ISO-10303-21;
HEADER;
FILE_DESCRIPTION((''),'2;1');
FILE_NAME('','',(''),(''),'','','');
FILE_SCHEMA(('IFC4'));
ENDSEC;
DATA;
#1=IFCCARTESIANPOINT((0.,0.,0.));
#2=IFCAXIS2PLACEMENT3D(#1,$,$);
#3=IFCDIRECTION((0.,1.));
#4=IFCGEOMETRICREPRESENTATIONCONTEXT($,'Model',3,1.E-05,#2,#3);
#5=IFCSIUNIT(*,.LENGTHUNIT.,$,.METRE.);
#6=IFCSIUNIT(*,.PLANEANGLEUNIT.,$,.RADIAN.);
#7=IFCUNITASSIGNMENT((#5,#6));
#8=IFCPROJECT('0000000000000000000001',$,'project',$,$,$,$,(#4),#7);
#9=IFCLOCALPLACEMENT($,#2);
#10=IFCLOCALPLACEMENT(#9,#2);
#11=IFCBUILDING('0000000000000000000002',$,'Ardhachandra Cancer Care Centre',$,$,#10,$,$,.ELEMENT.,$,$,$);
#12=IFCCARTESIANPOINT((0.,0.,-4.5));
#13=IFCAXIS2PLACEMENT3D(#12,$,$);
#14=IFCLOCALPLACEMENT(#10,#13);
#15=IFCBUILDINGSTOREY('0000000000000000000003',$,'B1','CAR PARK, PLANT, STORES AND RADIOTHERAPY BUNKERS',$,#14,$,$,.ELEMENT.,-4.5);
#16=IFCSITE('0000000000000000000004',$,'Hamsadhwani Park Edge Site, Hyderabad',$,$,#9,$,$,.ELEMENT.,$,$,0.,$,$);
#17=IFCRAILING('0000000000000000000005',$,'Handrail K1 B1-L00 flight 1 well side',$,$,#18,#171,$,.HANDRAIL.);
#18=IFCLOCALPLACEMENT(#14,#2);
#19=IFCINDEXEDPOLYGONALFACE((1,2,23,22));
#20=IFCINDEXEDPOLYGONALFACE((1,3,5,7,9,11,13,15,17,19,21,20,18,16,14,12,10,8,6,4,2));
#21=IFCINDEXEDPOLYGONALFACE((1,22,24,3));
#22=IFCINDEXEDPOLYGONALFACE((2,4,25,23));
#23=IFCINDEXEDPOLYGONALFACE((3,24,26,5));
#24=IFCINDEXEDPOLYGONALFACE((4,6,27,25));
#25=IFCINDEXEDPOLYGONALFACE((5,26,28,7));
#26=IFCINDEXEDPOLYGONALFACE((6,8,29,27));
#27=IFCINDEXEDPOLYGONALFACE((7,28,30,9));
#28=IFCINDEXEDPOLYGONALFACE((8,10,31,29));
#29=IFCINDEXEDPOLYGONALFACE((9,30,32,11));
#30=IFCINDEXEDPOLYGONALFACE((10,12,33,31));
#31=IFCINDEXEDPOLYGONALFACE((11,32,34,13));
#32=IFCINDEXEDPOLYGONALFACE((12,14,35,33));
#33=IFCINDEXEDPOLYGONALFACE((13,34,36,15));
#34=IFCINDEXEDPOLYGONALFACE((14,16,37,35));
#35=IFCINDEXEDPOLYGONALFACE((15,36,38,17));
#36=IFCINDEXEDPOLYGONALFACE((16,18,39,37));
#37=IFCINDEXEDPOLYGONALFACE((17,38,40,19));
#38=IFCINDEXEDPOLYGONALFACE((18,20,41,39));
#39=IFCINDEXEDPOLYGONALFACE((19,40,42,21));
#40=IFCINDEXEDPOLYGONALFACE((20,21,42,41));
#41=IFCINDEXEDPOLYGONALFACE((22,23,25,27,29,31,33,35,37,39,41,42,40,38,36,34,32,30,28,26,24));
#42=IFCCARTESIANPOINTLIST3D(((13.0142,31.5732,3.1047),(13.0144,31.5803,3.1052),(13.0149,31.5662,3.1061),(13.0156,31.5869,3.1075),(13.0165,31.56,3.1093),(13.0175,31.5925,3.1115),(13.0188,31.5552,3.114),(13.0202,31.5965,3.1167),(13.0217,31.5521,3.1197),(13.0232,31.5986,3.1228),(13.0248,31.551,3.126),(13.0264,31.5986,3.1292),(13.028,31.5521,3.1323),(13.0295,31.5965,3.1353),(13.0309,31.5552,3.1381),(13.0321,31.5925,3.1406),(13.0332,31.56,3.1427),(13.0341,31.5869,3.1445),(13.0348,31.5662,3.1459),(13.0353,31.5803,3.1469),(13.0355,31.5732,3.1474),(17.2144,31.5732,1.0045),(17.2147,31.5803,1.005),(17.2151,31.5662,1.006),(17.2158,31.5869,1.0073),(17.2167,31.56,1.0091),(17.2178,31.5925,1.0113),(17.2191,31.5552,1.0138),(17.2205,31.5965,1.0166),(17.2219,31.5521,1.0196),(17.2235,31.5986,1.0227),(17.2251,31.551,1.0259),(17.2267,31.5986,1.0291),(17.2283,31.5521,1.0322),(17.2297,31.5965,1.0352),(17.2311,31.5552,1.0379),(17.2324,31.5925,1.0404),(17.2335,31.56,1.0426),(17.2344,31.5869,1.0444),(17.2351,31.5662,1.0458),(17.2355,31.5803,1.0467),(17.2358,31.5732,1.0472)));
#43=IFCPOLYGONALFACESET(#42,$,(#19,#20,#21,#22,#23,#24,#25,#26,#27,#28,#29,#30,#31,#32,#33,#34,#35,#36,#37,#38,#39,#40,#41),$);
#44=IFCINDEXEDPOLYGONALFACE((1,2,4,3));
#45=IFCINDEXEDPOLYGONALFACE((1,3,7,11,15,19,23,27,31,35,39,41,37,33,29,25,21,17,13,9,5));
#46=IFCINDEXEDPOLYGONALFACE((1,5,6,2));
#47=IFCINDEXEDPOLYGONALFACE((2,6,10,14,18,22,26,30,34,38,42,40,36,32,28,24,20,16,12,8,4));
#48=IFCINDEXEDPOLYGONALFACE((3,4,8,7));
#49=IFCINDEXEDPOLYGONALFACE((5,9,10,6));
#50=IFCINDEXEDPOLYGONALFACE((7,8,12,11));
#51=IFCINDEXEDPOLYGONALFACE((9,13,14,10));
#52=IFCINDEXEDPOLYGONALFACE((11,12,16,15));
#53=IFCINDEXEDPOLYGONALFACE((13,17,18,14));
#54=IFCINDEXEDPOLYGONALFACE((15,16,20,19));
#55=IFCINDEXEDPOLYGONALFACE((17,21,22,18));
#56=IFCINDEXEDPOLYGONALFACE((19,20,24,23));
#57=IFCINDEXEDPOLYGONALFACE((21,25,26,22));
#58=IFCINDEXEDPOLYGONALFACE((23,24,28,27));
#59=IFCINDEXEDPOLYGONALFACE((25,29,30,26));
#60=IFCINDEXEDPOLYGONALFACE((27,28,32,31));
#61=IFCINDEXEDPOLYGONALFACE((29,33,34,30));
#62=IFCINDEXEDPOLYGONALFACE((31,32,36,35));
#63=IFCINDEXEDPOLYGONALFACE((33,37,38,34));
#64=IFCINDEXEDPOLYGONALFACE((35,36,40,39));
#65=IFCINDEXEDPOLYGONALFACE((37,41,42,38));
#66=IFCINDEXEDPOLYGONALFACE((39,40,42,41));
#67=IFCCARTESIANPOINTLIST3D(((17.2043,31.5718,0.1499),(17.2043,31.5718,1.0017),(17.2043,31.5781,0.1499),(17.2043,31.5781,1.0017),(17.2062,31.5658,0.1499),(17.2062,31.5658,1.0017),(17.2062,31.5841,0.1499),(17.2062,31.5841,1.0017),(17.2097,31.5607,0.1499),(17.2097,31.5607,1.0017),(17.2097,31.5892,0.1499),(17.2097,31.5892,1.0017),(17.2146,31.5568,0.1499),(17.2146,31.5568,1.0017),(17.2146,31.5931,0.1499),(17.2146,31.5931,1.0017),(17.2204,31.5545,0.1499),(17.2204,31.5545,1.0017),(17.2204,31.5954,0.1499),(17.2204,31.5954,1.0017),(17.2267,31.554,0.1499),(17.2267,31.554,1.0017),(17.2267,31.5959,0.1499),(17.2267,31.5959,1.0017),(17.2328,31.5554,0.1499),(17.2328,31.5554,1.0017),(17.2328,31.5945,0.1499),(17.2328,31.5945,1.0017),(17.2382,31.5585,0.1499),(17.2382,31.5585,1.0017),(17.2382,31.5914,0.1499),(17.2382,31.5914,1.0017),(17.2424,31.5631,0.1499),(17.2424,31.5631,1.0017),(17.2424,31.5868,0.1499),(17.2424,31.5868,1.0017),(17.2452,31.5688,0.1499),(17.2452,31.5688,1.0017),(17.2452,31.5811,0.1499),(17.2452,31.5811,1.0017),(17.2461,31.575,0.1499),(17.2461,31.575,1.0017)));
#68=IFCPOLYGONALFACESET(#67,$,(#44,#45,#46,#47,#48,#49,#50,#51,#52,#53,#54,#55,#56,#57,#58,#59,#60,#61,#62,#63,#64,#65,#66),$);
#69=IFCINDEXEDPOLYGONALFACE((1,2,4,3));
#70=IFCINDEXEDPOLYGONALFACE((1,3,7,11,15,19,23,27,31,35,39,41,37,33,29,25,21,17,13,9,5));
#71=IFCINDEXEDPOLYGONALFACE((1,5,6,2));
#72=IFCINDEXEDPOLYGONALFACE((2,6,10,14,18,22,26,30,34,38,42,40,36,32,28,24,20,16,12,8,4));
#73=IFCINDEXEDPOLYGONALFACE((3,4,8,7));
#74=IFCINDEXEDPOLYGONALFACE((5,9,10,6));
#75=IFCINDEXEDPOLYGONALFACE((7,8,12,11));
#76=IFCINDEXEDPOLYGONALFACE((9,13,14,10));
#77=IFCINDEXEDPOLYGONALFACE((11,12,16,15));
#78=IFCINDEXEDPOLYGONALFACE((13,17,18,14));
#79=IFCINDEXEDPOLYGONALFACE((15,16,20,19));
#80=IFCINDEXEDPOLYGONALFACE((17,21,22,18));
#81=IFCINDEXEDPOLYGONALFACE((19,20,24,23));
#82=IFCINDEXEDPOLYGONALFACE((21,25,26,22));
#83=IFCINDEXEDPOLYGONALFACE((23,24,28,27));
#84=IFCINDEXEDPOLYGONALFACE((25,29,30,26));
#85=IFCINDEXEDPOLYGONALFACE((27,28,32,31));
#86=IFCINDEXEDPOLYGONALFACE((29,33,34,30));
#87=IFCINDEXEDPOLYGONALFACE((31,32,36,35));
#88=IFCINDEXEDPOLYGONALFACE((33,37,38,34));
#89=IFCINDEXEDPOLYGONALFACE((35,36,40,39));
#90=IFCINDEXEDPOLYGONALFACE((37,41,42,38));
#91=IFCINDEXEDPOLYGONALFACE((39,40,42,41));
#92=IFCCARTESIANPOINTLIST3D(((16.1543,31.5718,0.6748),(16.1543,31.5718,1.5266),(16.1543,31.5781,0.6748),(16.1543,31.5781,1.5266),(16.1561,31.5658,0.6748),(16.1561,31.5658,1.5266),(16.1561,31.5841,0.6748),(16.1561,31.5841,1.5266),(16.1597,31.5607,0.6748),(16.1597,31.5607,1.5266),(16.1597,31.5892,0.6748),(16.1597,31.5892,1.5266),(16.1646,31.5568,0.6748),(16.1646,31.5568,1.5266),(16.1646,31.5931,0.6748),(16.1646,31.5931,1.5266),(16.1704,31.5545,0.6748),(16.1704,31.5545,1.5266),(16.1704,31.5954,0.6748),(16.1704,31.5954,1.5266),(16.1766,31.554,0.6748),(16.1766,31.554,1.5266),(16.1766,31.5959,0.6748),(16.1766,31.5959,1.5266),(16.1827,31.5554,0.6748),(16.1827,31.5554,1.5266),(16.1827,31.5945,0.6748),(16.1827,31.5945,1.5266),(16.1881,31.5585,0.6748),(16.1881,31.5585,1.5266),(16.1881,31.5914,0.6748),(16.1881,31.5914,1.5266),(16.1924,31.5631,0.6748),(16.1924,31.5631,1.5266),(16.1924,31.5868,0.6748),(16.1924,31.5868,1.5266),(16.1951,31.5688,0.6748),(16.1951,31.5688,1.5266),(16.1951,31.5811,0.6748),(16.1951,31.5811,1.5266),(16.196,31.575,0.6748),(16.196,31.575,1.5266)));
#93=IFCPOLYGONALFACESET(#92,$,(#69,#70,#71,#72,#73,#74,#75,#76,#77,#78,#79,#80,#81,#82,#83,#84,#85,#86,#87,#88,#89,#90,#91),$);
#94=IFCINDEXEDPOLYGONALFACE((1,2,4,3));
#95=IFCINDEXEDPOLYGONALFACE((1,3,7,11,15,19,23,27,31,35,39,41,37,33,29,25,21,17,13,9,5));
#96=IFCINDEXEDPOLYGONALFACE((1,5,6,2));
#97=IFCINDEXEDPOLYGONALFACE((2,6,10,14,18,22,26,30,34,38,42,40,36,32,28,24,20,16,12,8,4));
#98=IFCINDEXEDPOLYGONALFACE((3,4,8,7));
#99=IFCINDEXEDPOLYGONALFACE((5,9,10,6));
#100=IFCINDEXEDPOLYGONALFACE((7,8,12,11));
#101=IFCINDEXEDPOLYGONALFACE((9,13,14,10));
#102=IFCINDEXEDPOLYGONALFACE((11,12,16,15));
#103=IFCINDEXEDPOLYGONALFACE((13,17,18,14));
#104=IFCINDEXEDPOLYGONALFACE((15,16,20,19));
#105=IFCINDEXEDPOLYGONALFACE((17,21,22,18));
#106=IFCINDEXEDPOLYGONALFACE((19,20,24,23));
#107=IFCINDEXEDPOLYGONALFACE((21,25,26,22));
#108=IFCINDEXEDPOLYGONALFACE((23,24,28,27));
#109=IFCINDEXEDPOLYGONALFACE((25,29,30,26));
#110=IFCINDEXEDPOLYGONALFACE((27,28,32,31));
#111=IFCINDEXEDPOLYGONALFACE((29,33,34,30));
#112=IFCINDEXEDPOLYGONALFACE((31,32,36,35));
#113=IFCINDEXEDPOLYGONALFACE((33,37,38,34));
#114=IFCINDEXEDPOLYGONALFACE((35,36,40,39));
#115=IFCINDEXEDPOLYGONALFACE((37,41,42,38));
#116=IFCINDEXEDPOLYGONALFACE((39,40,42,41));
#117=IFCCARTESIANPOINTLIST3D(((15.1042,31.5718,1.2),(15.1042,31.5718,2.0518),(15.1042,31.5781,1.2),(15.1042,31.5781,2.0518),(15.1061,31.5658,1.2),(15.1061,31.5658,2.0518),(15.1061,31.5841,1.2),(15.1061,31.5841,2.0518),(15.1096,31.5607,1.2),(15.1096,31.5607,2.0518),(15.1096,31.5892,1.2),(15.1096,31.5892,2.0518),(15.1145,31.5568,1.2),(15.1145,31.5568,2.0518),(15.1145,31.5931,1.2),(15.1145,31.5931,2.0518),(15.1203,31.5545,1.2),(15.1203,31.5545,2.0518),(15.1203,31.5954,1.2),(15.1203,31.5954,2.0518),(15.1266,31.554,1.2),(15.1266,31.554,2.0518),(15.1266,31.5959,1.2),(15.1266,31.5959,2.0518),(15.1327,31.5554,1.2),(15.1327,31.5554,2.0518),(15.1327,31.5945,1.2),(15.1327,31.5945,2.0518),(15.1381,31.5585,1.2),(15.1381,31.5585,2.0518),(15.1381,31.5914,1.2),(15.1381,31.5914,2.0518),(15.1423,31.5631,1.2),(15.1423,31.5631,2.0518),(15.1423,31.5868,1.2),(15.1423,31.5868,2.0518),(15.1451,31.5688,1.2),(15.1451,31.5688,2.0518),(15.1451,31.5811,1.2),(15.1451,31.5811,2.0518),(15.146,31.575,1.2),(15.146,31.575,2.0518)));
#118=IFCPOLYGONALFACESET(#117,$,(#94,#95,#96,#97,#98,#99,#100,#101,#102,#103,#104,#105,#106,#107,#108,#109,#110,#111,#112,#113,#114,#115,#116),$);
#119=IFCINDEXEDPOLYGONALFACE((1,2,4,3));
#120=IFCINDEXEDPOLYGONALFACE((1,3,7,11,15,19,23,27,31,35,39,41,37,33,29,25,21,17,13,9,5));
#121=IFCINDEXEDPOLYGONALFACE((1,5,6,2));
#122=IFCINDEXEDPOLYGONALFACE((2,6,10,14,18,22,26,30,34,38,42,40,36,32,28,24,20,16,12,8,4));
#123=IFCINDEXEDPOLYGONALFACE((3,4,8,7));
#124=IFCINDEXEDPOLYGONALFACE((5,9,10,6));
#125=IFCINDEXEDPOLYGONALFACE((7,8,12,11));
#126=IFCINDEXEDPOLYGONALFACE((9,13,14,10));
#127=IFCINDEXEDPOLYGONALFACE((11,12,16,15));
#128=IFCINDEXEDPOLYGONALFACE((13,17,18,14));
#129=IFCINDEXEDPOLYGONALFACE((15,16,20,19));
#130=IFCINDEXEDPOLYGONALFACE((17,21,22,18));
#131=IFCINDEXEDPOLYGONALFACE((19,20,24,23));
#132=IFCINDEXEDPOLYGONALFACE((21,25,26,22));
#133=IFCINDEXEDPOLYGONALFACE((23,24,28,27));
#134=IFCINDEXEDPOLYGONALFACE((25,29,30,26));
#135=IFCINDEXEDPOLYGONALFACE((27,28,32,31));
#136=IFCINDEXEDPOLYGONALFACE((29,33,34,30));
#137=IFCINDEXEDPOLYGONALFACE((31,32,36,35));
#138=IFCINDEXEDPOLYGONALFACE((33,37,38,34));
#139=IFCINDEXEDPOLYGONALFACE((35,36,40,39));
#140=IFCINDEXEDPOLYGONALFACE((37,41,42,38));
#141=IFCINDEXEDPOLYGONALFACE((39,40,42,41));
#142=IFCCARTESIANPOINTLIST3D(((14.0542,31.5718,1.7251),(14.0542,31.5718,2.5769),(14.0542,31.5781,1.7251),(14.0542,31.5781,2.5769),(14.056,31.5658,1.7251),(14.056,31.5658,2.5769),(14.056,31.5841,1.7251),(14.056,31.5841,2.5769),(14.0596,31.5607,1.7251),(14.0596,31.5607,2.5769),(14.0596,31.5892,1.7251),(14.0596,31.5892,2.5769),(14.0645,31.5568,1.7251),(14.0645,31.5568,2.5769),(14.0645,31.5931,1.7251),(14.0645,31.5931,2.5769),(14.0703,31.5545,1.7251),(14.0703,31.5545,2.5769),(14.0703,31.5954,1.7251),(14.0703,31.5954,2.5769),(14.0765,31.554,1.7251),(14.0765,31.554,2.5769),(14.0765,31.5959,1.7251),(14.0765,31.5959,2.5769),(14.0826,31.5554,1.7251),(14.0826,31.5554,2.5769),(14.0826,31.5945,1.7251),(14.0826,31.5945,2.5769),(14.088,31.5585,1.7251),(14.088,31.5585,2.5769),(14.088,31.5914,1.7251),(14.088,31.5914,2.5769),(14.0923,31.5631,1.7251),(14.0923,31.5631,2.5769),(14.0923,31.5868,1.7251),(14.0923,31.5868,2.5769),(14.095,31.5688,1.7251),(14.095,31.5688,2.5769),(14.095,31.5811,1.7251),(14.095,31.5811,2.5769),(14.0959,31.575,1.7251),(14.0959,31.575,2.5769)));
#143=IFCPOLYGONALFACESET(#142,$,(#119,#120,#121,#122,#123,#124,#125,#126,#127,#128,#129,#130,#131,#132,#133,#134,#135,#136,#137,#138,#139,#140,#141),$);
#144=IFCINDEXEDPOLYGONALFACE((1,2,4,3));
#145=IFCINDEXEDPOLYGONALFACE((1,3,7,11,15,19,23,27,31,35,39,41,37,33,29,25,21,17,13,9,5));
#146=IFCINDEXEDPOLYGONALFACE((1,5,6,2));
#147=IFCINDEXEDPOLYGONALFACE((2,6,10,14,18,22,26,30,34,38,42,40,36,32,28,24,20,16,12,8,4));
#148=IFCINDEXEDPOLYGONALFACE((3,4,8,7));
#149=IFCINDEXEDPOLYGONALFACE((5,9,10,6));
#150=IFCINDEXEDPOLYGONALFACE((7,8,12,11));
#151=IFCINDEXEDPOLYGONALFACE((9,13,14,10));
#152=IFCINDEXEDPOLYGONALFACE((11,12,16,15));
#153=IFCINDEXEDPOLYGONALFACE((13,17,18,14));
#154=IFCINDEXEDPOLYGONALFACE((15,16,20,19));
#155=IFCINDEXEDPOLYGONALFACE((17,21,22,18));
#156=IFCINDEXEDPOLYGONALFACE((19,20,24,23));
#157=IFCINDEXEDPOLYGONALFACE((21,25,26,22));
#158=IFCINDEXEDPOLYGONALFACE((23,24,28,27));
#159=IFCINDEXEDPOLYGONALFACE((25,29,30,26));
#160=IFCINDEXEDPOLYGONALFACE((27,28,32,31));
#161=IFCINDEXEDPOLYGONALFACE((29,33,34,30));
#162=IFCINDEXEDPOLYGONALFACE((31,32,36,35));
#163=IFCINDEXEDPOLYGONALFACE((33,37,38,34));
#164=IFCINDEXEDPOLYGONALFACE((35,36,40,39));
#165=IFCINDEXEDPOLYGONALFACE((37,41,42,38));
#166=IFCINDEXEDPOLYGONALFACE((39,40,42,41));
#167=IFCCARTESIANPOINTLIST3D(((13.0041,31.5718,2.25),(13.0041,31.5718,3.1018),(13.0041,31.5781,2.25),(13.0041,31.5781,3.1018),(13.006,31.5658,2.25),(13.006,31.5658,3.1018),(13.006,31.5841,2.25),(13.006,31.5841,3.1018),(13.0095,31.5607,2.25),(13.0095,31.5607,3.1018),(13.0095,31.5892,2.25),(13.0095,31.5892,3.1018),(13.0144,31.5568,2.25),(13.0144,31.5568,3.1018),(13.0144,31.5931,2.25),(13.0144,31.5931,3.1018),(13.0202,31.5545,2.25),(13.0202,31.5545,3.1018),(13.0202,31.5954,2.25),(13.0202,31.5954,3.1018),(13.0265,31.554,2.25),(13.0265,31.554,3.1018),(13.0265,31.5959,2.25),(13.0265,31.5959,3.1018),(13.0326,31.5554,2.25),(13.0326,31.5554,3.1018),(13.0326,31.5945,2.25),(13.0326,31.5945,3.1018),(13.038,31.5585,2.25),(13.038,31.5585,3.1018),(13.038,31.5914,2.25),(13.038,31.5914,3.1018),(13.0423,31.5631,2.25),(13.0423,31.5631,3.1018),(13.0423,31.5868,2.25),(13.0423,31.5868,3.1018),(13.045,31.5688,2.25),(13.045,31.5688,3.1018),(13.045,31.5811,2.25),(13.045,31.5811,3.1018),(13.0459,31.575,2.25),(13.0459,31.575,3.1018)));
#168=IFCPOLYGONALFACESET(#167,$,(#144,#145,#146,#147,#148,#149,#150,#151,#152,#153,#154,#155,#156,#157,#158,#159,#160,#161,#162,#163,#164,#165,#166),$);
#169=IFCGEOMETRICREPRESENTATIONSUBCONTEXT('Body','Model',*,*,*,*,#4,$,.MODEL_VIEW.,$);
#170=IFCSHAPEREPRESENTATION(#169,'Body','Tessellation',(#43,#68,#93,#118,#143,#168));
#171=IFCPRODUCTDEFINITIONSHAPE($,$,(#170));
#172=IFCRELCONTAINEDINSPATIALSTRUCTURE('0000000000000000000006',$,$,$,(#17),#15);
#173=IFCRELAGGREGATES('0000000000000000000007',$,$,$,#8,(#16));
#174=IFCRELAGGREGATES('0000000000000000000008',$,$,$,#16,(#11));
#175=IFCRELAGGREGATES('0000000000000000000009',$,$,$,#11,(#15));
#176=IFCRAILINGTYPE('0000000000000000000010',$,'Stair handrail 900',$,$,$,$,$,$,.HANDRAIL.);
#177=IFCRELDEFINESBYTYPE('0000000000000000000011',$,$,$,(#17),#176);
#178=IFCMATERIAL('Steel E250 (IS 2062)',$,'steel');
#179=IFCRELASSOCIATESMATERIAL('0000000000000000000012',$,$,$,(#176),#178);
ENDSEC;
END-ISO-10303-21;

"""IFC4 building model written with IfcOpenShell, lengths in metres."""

from ifc_helpers import new_model, si_unit, direction, frame, origin, origin_2d, place, context, subcontext, project, spatial, circle, extrude, material, type_object, element, save


model = new_model("IFC4")

# Units and contexts
model_context = context("Model", 3, precision=1e-05, world=origin(), true_north=direction((0.0, 1.0)))
body_context = subcontext(model_context, "Body", "Model", "MODEL_VIEW")
ifc_project = project(units=[si_unit("LENGTHUNIT", "METRE"), si_unit("PLANEANGLEUNIT", "RADIAN")], contexts=[model_context])

# Site, building, storey
site_placement = place(None, origin())
site = spatial("IfcSite", under=ifc_project, at=site_placement, Name="Hamsadhwani Park Edge Site, Hyderabad", CompositionType="ELEMENT", RefElevation=0.0)
building_placement = place(site_placement, origin())
building = spatial("IfcBuilding", under=site, at=building_placement, Name="Ardhachandra Cancer Care Centre", CompositionType="ELEMENT")
storey_placement = place(building_placement, frame((0.0, 0.0, -4.5)))
storey = spatial("IfcBuildingStorey", under=building, at=storey_placement, Name="B1", Description="CAR PARK, PLANT, STORES AND RADIOTHERAPY BUNKERS", CompositionType="ELEMENT", Elevation=-4.5)

# Railing
ifc_material_1 = material(Name="Steel E250 (IS 2062)", Category="steel")
railing_type = type_object("IfcRailingType", Name="Stair handrail 900", PredefinedType="HANDRAIL", material=ifc_material_1)
for number, where, name in (
    (1, (17.2251, 31.575, 0.1499), "Handrail K1 B1-L00 flight 1 well side"),
):
    element("IfcRailing", number, at=place(storey_placement, frame(where)), inside=storey, type_object=railing_type, Name=name, PredefinedType="HANDRAIL", context=body_context, shape_type="SweptSolid", body=[
        extrude(circle(Radius=0.0239, at=origin_2d()), frame((0.0, 0.0, 0.876), z_axis=(-0.894427, 0.0, 0.447214), x_axis=(0.0, -1.0, 0.0)), (0.0, 0.0, 1.0), 4.696),
        extrude(circle(Radius=0.021, at=origin_2d()), origin(), (0.0, 0.0, 1.0), 0.8518),
        extrude(circle(Radius=0.021, at=origin_2d()), frame((-1.05, 0.0, 0.5249)), (0.0, 0.0, 1.0), 0.8518),
        extrude(circle(Radius=0.021, at=origin_2d()), frame((-2.1001, 0.0, 1.05)), (0.0, 0.0, 1.0), 0.8518),
        extrude(circle(Radius=0.021, at=origin_2d()), frame((-3.1501, 0.0, 1.5752)), (0.0, 0.0, 1.0), 0.8518),
        extrude(circle(Radius=0.021, at=origin_2d()), frame((-4.2002, 0.0, 2.1001)), (0.0, 0.0, 1.0), 0.8518),
    ])

save(model, "model.ifc")
